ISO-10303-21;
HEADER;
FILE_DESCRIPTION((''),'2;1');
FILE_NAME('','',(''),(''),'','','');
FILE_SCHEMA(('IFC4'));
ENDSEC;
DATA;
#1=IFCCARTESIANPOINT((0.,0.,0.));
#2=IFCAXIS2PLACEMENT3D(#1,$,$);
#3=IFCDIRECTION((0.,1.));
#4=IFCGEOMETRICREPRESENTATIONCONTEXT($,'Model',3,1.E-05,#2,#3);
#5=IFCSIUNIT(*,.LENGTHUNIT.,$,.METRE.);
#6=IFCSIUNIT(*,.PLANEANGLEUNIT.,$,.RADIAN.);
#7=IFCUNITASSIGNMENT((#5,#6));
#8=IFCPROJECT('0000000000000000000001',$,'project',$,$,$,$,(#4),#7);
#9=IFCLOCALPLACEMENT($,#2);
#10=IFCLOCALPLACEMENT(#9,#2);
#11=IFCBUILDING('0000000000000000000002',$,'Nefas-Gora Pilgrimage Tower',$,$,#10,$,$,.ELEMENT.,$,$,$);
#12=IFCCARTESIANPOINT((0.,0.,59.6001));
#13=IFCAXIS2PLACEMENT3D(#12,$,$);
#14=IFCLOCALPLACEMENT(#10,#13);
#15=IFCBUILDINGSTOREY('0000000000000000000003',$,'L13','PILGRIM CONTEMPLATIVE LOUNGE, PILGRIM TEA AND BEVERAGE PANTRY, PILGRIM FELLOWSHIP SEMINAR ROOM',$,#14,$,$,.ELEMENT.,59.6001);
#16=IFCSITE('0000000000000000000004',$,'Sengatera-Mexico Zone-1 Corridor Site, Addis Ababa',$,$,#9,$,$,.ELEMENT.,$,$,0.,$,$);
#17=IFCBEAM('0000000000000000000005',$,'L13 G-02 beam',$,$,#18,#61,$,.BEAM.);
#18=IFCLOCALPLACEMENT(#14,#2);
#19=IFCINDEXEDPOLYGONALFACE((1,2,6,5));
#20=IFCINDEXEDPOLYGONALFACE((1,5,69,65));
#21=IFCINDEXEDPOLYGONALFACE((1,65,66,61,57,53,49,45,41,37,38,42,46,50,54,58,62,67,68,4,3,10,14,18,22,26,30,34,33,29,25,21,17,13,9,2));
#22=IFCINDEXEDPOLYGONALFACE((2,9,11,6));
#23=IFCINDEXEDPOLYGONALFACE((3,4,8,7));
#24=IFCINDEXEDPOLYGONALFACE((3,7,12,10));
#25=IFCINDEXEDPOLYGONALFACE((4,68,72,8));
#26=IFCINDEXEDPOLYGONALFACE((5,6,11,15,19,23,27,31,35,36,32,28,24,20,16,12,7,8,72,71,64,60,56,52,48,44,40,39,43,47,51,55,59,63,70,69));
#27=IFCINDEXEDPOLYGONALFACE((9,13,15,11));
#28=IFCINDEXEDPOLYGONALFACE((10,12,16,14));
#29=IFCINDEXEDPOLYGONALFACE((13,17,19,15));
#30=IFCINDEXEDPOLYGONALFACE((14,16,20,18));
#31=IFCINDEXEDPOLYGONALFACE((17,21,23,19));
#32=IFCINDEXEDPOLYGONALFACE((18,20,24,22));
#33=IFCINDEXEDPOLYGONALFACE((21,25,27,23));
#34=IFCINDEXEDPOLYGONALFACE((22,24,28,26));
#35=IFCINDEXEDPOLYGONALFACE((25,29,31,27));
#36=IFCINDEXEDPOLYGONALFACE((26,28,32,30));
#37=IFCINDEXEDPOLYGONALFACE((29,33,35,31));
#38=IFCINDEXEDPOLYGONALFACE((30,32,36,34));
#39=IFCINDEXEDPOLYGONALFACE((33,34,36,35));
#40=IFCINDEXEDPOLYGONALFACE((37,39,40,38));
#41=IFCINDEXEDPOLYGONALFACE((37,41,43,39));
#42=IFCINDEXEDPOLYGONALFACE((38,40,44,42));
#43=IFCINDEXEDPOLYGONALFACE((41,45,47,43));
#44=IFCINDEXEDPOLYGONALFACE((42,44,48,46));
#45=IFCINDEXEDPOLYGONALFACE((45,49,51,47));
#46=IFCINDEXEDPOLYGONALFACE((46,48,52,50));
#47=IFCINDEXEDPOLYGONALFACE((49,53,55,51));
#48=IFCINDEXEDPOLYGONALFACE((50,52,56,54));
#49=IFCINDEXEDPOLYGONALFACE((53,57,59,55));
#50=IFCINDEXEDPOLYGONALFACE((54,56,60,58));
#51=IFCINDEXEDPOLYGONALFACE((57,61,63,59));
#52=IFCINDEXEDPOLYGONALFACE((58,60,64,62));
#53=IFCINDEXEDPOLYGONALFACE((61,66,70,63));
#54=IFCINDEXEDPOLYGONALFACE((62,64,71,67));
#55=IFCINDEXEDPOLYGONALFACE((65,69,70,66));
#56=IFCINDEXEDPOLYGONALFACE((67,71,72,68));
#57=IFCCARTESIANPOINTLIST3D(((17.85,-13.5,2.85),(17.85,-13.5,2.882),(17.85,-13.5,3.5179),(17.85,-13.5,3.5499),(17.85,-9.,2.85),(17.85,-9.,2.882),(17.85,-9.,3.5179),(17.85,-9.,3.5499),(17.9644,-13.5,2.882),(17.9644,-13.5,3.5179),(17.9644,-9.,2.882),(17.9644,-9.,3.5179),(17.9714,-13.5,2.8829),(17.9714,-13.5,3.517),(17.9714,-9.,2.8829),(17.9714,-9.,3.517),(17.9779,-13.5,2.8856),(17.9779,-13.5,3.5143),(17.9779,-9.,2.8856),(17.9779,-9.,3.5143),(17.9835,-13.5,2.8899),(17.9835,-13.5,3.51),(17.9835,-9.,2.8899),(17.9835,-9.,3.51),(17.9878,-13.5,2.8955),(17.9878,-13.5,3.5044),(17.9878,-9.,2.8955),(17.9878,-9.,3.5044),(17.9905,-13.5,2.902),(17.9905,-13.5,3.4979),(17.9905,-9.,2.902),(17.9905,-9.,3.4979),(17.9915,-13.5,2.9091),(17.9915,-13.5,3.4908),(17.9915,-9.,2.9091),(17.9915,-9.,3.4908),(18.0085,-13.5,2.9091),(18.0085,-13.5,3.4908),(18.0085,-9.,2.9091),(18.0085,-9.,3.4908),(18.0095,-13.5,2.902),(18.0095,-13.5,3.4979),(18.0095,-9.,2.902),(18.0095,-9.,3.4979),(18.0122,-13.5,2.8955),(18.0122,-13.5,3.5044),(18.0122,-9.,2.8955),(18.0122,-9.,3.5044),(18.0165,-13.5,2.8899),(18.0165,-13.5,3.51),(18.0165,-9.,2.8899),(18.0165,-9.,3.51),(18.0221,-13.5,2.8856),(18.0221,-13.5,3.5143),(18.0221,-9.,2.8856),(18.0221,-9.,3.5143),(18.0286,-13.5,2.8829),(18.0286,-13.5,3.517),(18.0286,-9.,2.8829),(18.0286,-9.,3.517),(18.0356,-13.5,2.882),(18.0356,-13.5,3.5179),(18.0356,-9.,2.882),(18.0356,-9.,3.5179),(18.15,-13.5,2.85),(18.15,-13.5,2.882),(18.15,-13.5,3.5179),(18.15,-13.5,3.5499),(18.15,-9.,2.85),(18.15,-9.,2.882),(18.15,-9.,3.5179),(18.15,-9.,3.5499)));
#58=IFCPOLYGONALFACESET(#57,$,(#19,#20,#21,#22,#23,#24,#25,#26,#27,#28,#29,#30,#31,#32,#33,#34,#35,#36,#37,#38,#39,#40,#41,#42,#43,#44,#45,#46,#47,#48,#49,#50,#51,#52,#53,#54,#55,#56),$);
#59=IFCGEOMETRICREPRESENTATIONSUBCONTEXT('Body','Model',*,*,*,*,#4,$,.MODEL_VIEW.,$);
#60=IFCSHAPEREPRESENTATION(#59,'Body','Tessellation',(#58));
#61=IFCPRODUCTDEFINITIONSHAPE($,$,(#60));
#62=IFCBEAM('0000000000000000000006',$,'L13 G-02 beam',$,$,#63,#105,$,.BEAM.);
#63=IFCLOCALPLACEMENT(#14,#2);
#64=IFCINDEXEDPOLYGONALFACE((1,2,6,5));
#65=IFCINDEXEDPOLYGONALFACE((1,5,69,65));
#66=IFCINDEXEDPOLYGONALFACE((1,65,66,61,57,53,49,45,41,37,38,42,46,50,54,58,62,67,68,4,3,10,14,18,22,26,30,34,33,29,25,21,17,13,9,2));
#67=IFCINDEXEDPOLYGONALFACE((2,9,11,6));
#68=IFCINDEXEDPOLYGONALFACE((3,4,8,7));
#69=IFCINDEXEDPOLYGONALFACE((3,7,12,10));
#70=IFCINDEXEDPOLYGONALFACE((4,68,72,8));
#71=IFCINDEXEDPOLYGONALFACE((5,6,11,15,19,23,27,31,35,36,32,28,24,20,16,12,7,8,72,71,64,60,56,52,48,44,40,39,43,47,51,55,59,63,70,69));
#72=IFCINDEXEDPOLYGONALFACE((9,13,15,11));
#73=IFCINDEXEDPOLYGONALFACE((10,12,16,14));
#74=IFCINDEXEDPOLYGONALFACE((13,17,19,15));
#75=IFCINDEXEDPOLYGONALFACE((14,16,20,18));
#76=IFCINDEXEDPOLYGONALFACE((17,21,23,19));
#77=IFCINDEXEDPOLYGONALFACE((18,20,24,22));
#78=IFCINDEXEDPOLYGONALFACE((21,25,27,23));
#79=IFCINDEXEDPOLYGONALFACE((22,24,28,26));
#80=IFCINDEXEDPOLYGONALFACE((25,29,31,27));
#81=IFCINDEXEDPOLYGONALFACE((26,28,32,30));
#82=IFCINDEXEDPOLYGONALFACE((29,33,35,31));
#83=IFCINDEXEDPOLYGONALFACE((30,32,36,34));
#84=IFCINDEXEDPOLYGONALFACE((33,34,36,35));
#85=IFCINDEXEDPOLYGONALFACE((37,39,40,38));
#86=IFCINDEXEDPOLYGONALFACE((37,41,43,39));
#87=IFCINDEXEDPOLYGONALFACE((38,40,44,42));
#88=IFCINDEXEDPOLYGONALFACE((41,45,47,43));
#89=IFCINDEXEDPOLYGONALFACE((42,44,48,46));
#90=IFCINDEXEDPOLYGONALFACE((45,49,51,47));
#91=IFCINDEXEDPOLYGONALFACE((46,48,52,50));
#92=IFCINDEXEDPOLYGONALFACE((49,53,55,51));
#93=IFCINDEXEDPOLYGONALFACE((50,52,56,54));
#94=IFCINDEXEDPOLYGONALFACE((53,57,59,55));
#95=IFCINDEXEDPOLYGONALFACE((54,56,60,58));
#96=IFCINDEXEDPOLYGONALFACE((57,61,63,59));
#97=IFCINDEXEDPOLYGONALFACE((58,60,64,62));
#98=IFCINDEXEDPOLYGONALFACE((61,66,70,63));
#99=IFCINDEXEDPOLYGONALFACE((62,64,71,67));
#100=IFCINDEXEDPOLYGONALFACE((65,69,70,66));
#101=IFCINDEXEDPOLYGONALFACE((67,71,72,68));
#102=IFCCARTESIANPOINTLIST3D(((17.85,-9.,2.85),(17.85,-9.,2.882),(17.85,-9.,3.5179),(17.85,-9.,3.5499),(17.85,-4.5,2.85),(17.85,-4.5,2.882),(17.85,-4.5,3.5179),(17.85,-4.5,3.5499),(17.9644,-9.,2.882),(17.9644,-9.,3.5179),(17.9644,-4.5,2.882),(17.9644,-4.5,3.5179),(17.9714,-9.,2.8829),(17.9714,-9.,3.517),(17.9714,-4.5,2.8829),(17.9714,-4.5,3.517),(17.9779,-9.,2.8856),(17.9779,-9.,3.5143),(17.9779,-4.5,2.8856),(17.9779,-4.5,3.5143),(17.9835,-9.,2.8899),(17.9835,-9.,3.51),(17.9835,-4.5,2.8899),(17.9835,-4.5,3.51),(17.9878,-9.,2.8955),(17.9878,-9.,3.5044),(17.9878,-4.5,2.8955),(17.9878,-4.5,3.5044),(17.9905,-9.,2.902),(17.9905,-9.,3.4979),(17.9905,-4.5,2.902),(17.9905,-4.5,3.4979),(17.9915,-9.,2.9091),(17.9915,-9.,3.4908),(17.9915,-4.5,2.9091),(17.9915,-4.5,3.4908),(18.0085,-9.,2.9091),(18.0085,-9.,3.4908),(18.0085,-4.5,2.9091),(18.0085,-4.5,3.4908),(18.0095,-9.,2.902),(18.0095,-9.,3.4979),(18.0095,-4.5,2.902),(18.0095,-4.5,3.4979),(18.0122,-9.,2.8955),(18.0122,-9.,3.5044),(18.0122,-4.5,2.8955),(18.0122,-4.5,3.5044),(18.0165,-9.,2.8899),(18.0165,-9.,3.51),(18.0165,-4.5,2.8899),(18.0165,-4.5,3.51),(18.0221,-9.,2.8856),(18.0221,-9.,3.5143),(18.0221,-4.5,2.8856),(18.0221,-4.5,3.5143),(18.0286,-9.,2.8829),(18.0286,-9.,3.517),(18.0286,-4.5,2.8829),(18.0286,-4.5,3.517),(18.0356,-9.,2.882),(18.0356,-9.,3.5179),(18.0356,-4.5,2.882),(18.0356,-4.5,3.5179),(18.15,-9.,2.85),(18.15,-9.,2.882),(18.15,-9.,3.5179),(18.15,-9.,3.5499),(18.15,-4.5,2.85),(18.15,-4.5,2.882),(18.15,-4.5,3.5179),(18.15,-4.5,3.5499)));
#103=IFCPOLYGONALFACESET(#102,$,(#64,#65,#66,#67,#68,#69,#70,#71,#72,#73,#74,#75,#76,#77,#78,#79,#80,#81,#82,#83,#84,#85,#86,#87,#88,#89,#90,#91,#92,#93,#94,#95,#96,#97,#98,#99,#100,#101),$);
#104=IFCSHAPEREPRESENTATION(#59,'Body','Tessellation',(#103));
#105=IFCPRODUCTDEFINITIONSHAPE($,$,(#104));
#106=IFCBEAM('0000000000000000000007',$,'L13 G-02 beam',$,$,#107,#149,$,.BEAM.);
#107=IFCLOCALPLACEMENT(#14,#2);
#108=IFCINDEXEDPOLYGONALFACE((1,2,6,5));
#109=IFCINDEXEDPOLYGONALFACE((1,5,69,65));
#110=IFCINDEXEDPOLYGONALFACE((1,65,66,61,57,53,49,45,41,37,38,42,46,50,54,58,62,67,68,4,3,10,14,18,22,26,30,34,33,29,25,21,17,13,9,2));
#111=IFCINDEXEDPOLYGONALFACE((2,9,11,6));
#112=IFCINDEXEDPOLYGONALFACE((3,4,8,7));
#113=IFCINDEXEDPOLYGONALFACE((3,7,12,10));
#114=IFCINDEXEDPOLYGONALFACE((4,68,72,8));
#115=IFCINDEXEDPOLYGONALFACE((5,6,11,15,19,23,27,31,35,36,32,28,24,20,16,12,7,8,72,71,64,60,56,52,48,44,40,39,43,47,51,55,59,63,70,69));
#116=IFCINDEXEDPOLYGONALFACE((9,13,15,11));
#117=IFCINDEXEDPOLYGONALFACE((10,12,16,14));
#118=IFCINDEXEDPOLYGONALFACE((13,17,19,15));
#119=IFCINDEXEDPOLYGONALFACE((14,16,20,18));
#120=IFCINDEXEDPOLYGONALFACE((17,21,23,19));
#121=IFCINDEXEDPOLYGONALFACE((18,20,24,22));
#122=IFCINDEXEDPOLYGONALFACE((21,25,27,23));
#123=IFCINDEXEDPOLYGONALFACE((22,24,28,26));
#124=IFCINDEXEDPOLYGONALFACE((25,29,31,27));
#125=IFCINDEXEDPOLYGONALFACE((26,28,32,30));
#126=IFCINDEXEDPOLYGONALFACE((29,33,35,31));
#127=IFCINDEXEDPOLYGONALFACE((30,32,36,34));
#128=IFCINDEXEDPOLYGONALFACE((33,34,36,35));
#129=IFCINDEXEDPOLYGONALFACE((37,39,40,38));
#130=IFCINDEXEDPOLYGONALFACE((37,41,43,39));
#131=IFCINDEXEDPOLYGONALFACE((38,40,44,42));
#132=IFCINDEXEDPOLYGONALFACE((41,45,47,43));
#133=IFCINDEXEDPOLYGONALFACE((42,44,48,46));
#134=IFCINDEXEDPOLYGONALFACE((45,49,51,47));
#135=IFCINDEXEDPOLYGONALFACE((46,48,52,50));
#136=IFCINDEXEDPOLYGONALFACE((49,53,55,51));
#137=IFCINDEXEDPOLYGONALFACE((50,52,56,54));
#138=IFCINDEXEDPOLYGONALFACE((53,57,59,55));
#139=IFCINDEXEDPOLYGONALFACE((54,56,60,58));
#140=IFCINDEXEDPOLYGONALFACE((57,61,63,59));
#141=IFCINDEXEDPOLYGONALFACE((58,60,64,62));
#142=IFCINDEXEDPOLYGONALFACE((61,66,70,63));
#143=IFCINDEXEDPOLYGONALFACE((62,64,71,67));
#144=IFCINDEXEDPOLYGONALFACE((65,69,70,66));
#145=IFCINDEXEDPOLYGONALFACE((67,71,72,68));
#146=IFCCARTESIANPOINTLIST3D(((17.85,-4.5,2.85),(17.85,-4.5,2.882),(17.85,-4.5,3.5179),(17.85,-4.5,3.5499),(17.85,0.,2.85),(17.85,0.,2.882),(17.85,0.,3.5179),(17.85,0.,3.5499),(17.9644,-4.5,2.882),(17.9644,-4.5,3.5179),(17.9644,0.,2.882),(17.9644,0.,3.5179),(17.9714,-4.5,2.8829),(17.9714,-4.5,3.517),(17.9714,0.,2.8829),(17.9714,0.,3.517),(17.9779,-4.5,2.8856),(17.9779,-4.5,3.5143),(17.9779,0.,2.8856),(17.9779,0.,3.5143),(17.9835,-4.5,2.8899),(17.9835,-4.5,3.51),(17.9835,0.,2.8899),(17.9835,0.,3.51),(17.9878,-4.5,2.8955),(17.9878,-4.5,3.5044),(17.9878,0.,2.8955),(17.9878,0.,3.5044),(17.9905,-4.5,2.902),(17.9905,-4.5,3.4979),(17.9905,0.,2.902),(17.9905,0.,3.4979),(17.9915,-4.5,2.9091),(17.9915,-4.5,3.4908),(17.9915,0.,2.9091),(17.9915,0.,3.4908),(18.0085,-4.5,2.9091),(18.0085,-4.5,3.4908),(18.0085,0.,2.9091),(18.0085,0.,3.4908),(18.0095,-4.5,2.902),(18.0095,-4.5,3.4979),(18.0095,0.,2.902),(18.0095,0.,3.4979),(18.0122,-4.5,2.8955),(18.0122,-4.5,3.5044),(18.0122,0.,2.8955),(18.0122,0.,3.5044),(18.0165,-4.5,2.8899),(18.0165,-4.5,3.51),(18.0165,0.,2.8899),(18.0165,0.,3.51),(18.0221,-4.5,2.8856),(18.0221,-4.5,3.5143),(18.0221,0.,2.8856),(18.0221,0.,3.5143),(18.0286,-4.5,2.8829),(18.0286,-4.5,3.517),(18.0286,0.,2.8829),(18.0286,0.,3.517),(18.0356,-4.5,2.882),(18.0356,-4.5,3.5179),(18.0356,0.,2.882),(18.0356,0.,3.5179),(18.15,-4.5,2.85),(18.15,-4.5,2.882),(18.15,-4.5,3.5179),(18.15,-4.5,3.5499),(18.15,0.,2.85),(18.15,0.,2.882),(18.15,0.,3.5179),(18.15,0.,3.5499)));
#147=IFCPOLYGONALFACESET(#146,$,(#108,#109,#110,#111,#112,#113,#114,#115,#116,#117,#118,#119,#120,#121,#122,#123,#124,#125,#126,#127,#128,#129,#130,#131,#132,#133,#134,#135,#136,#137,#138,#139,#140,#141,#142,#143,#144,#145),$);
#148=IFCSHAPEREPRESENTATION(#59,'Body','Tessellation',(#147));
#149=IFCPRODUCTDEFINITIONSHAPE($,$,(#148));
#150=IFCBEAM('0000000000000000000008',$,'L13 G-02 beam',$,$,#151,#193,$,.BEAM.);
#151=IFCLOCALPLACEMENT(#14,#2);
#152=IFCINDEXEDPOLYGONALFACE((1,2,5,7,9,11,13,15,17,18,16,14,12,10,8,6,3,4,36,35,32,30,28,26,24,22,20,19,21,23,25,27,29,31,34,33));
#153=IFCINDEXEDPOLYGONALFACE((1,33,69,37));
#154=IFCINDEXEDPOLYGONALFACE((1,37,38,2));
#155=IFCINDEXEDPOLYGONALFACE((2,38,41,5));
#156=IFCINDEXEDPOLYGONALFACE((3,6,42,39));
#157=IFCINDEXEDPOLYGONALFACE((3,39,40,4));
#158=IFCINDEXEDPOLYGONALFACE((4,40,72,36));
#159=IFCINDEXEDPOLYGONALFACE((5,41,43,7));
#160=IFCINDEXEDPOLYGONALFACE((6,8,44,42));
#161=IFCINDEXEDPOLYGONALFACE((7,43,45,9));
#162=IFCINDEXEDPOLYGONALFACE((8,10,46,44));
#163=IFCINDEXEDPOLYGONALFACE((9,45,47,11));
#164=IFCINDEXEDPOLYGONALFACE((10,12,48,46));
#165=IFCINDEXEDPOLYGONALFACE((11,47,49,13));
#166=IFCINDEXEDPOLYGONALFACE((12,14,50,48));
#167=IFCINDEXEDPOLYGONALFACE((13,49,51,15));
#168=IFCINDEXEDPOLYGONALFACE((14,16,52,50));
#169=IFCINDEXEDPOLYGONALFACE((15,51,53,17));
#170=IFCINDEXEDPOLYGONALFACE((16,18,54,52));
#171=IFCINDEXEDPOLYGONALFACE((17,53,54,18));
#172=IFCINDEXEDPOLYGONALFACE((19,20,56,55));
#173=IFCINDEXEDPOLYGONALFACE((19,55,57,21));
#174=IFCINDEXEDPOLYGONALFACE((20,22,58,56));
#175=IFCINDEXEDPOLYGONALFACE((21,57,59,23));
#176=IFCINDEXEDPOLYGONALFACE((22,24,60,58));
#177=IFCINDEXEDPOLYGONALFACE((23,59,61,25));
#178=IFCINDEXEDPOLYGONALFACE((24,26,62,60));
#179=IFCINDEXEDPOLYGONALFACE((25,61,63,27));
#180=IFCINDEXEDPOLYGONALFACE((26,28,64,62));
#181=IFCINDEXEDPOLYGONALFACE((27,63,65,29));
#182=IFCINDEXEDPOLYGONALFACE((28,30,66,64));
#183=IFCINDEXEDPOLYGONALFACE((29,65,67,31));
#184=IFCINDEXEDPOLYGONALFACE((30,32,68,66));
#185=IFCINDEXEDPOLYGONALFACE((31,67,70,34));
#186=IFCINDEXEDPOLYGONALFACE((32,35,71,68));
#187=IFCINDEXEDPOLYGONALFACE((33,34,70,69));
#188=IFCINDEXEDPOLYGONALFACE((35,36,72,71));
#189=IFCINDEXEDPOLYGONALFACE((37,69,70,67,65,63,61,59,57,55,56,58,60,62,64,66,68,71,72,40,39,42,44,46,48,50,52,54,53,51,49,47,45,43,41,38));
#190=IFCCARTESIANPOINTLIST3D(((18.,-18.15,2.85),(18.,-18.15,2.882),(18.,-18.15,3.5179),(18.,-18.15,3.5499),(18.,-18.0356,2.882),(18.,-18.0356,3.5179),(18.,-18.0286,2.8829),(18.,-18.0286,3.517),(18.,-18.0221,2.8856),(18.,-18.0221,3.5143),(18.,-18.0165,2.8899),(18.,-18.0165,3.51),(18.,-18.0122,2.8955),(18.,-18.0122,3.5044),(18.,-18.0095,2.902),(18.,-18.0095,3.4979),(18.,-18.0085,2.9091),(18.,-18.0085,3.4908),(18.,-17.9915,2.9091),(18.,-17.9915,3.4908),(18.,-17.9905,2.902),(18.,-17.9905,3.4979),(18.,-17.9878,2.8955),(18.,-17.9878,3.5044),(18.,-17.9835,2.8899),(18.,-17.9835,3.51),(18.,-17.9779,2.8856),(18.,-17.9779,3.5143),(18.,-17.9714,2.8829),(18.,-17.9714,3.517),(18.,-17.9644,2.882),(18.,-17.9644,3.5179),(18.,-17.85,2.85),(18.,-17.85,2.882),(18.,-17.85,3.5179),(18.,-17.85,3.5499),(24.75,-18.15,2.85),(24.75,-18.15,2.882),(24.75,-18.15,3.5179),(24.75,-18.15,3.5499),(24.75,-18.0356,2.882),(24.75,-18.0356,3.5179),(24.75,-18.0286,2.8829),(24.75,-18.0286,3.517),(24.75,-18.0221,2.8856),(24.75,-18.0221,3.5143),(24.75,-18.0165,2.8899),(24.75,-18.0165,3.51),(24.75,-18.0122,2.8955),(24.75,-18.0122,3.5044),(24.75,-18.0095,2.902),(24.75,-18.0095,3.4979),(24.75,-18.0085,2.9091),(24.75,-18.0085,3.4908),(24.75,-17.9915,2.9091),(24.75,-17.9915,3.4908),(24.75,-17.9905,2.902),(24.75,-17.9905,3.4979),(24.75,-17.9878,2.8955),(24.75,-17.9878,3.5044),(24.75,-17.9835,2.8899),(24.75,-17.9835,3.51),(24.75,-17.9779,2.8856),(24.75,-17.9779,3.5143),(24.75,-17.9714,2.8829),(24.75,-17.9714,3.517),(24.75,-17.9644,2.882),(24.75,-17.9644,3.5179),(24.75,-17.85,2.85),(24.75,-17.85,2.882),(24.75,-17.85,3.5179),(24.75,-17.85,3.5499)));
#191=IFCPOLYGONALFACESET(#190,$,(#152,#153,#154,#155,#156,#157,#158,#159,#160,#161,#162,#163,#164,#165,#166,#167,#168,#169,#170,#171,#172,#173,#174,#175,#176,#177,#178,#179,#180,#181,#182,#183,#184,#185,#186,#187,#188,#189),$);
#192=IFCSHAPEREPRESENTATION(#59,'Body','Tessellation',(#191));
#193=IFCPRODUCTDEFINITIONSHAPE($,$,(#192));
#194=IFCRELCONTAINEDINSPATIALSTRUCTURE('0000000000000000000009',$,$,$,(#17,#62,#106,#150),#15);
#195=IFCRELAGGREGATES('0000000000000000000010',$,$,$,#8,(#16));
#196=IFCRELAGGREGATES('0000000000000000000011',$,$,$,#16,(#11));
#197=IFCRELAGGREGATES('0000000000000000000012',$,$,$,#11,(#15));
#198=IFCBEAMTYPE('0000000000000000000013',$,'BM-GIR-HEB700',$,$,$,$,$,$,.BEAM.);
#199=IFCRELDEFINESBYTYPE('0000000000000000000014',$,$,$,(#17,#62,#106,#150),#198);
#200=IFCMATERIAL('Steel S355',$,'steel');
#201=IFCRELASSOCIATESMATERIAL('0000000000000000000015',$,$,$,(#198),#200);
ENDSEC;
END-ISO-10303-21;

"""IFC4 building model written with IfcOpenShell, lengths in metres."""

from ifc_helpers import new_model, si_unit, direction, frame, origin, origin_2d, place, context, subcontext, project, spatial, i_section, extrude, source, transform, mapped, material, material_profile, profile_set, type_object, element, save


model = new_model("IFC4")

# Units and contexts
model_context = context("Model", 3, precision=1e-05, world=origin(), true_north=direction((0.0, 1.0)))
body_context = subcontext(model_context, "Body", "Model", "MODEL_VIEW")
ifc_project = project(units=[si_unit("LENGTHUNIT", "METRE"), si_unit("PLANEANGLEUNIT", "RADIAN")], contexts=[model_context])

# Site, building, storey
site_placement = place(None, origin())
site = spatial("IfcSite", under=ifc_project, at=site_placement, Name="Sengatera-Mexico Zone-1 Corridor Site, Addis Ababa", CompositionType="ELEMENT", RefElevation=0.0)
building_placement = place(site_placement, origin())
building = spatial("IfcBuilding", under=site, at=building_placement, Name="Nefas-Gora Pilgrimage Tower", CompositionType="ELEMENT")
storey_placement = place(building_placement, frame((0.0, 0.0, 59.6001)))
storey = spatial("IfcBuildingStorey", under=building, at=storey_placement, Name="L13", Description="PILGRIM CONTEMPLATIVE LOUNGE, PILGRIM TEA AND BEVERAGE PANTRY, PILGRIM FELLOWSHIP SEMINAR ROOM", CompositionType="ELEMENT", Elevation=59.6001)

# Beams
ifc_material_1 = material(Name="Steel S355", Category="steel")
ifc_material_profile_1 = material_profile(ifc_material_1, i_section(OverallWidth=0.3, OverallDepth=0.7, WebThickness=0.0171, FlangeThickness=0.032, FilletRadius=0.0271, at=origin_2d()), Name="HEB 700")
ifc_profile_set_1 = profile_set([ifc_material_profile_1], Name="Steel S355")
beam_type_1 = type_object("IfcBeamType", Name="BM-GIR-HEB700", PredefinedType="BEAM", material=ifc_profile_set_1)
shared_shape_1 = source(origin(), body_context, "Body", "SweptSolid", [
    extrude(i_section(OverallWidth=0.3, OverallDepth=0.7, WebThickness=0.0171, FlangeThickness=0.032, FilletRadius=0.0271, at=origin_2d()), origin(), (0.0, 0.0, 1.0), 4.5),
])
for number, where, z_axis, x_axis, name in (
    (1, (18.0, -13.5, 3.2), (0.0, 1.0, 0.0), (-1.0, 0.0, 0.0), "L13 G-02 beam"),
    (2, (18.0, -9.0, 3.2), (0.0, 1.0, 0.0), (-1.0, 0.0, 0.0), "L13 G-02 beam"),
    (3, (18.0, -4.5, 3.2), (0.0, 1.0, 0.0), (-1.0, 0.0, 0.0), "L13 G-02 beam"),
):
    element("IfcBeam", number, at=place(storey_placement, frame(where, z_axis=z_axis, x_axis=x_axis)), inside=storey, type_object=beam_type_1, Name=name, PredefinedType="BEAM", context=body_context, shape_type="MappedRepresentation", body=[
        mapped(shared_shape_1, transform((0.0, 0.0, 0.0), x_axis=(1.0, 0.0, 0.0), y_axis=(0.0, 1.0, 0.0), z_axis=(0.0, 0.0, 1.0), scale=1.0)),
    ])
shared_shape_2 = source(origin(), body_context, "Body", "SweptSolid", [
    extrude(i_section(OverallWidth=0.3, OverallDepth=0.7, WebThickness=0.0171, FlangeThickness=0.032, FilletRadius=0.0271, at=origin_2d()), origin(), (0.0, 0.0, 1.0), 6.75),
])
for number, where, z_axis, x_axis, name in (
    (4, (18.0, -18.0, 3.2), (1.0, 0.0, 0.0), (0.0, 1.0, 0.0), "L13 G-02 beam"),
):
    element("IfcBeam", number, at=place(storey_placement, frame(where, z_axis=z_axis, x_axis=x_axis)), inside=storey, type_object=beam_type_1, Name=name, PredefinedType="BEAM", context=body_context, shape_type="MappedRepresentation", body=[
        mapped(shared_shape_2, transform((0.0, 0.0, 0.0), x_axis=(1.0, 0.0, 0.0), y_axis=(0.0, 1.0, 0.0), z_axis=(0.0, 0.0, 1.0), scale=1.0)),
    ])

save(model, "model.ifc")
